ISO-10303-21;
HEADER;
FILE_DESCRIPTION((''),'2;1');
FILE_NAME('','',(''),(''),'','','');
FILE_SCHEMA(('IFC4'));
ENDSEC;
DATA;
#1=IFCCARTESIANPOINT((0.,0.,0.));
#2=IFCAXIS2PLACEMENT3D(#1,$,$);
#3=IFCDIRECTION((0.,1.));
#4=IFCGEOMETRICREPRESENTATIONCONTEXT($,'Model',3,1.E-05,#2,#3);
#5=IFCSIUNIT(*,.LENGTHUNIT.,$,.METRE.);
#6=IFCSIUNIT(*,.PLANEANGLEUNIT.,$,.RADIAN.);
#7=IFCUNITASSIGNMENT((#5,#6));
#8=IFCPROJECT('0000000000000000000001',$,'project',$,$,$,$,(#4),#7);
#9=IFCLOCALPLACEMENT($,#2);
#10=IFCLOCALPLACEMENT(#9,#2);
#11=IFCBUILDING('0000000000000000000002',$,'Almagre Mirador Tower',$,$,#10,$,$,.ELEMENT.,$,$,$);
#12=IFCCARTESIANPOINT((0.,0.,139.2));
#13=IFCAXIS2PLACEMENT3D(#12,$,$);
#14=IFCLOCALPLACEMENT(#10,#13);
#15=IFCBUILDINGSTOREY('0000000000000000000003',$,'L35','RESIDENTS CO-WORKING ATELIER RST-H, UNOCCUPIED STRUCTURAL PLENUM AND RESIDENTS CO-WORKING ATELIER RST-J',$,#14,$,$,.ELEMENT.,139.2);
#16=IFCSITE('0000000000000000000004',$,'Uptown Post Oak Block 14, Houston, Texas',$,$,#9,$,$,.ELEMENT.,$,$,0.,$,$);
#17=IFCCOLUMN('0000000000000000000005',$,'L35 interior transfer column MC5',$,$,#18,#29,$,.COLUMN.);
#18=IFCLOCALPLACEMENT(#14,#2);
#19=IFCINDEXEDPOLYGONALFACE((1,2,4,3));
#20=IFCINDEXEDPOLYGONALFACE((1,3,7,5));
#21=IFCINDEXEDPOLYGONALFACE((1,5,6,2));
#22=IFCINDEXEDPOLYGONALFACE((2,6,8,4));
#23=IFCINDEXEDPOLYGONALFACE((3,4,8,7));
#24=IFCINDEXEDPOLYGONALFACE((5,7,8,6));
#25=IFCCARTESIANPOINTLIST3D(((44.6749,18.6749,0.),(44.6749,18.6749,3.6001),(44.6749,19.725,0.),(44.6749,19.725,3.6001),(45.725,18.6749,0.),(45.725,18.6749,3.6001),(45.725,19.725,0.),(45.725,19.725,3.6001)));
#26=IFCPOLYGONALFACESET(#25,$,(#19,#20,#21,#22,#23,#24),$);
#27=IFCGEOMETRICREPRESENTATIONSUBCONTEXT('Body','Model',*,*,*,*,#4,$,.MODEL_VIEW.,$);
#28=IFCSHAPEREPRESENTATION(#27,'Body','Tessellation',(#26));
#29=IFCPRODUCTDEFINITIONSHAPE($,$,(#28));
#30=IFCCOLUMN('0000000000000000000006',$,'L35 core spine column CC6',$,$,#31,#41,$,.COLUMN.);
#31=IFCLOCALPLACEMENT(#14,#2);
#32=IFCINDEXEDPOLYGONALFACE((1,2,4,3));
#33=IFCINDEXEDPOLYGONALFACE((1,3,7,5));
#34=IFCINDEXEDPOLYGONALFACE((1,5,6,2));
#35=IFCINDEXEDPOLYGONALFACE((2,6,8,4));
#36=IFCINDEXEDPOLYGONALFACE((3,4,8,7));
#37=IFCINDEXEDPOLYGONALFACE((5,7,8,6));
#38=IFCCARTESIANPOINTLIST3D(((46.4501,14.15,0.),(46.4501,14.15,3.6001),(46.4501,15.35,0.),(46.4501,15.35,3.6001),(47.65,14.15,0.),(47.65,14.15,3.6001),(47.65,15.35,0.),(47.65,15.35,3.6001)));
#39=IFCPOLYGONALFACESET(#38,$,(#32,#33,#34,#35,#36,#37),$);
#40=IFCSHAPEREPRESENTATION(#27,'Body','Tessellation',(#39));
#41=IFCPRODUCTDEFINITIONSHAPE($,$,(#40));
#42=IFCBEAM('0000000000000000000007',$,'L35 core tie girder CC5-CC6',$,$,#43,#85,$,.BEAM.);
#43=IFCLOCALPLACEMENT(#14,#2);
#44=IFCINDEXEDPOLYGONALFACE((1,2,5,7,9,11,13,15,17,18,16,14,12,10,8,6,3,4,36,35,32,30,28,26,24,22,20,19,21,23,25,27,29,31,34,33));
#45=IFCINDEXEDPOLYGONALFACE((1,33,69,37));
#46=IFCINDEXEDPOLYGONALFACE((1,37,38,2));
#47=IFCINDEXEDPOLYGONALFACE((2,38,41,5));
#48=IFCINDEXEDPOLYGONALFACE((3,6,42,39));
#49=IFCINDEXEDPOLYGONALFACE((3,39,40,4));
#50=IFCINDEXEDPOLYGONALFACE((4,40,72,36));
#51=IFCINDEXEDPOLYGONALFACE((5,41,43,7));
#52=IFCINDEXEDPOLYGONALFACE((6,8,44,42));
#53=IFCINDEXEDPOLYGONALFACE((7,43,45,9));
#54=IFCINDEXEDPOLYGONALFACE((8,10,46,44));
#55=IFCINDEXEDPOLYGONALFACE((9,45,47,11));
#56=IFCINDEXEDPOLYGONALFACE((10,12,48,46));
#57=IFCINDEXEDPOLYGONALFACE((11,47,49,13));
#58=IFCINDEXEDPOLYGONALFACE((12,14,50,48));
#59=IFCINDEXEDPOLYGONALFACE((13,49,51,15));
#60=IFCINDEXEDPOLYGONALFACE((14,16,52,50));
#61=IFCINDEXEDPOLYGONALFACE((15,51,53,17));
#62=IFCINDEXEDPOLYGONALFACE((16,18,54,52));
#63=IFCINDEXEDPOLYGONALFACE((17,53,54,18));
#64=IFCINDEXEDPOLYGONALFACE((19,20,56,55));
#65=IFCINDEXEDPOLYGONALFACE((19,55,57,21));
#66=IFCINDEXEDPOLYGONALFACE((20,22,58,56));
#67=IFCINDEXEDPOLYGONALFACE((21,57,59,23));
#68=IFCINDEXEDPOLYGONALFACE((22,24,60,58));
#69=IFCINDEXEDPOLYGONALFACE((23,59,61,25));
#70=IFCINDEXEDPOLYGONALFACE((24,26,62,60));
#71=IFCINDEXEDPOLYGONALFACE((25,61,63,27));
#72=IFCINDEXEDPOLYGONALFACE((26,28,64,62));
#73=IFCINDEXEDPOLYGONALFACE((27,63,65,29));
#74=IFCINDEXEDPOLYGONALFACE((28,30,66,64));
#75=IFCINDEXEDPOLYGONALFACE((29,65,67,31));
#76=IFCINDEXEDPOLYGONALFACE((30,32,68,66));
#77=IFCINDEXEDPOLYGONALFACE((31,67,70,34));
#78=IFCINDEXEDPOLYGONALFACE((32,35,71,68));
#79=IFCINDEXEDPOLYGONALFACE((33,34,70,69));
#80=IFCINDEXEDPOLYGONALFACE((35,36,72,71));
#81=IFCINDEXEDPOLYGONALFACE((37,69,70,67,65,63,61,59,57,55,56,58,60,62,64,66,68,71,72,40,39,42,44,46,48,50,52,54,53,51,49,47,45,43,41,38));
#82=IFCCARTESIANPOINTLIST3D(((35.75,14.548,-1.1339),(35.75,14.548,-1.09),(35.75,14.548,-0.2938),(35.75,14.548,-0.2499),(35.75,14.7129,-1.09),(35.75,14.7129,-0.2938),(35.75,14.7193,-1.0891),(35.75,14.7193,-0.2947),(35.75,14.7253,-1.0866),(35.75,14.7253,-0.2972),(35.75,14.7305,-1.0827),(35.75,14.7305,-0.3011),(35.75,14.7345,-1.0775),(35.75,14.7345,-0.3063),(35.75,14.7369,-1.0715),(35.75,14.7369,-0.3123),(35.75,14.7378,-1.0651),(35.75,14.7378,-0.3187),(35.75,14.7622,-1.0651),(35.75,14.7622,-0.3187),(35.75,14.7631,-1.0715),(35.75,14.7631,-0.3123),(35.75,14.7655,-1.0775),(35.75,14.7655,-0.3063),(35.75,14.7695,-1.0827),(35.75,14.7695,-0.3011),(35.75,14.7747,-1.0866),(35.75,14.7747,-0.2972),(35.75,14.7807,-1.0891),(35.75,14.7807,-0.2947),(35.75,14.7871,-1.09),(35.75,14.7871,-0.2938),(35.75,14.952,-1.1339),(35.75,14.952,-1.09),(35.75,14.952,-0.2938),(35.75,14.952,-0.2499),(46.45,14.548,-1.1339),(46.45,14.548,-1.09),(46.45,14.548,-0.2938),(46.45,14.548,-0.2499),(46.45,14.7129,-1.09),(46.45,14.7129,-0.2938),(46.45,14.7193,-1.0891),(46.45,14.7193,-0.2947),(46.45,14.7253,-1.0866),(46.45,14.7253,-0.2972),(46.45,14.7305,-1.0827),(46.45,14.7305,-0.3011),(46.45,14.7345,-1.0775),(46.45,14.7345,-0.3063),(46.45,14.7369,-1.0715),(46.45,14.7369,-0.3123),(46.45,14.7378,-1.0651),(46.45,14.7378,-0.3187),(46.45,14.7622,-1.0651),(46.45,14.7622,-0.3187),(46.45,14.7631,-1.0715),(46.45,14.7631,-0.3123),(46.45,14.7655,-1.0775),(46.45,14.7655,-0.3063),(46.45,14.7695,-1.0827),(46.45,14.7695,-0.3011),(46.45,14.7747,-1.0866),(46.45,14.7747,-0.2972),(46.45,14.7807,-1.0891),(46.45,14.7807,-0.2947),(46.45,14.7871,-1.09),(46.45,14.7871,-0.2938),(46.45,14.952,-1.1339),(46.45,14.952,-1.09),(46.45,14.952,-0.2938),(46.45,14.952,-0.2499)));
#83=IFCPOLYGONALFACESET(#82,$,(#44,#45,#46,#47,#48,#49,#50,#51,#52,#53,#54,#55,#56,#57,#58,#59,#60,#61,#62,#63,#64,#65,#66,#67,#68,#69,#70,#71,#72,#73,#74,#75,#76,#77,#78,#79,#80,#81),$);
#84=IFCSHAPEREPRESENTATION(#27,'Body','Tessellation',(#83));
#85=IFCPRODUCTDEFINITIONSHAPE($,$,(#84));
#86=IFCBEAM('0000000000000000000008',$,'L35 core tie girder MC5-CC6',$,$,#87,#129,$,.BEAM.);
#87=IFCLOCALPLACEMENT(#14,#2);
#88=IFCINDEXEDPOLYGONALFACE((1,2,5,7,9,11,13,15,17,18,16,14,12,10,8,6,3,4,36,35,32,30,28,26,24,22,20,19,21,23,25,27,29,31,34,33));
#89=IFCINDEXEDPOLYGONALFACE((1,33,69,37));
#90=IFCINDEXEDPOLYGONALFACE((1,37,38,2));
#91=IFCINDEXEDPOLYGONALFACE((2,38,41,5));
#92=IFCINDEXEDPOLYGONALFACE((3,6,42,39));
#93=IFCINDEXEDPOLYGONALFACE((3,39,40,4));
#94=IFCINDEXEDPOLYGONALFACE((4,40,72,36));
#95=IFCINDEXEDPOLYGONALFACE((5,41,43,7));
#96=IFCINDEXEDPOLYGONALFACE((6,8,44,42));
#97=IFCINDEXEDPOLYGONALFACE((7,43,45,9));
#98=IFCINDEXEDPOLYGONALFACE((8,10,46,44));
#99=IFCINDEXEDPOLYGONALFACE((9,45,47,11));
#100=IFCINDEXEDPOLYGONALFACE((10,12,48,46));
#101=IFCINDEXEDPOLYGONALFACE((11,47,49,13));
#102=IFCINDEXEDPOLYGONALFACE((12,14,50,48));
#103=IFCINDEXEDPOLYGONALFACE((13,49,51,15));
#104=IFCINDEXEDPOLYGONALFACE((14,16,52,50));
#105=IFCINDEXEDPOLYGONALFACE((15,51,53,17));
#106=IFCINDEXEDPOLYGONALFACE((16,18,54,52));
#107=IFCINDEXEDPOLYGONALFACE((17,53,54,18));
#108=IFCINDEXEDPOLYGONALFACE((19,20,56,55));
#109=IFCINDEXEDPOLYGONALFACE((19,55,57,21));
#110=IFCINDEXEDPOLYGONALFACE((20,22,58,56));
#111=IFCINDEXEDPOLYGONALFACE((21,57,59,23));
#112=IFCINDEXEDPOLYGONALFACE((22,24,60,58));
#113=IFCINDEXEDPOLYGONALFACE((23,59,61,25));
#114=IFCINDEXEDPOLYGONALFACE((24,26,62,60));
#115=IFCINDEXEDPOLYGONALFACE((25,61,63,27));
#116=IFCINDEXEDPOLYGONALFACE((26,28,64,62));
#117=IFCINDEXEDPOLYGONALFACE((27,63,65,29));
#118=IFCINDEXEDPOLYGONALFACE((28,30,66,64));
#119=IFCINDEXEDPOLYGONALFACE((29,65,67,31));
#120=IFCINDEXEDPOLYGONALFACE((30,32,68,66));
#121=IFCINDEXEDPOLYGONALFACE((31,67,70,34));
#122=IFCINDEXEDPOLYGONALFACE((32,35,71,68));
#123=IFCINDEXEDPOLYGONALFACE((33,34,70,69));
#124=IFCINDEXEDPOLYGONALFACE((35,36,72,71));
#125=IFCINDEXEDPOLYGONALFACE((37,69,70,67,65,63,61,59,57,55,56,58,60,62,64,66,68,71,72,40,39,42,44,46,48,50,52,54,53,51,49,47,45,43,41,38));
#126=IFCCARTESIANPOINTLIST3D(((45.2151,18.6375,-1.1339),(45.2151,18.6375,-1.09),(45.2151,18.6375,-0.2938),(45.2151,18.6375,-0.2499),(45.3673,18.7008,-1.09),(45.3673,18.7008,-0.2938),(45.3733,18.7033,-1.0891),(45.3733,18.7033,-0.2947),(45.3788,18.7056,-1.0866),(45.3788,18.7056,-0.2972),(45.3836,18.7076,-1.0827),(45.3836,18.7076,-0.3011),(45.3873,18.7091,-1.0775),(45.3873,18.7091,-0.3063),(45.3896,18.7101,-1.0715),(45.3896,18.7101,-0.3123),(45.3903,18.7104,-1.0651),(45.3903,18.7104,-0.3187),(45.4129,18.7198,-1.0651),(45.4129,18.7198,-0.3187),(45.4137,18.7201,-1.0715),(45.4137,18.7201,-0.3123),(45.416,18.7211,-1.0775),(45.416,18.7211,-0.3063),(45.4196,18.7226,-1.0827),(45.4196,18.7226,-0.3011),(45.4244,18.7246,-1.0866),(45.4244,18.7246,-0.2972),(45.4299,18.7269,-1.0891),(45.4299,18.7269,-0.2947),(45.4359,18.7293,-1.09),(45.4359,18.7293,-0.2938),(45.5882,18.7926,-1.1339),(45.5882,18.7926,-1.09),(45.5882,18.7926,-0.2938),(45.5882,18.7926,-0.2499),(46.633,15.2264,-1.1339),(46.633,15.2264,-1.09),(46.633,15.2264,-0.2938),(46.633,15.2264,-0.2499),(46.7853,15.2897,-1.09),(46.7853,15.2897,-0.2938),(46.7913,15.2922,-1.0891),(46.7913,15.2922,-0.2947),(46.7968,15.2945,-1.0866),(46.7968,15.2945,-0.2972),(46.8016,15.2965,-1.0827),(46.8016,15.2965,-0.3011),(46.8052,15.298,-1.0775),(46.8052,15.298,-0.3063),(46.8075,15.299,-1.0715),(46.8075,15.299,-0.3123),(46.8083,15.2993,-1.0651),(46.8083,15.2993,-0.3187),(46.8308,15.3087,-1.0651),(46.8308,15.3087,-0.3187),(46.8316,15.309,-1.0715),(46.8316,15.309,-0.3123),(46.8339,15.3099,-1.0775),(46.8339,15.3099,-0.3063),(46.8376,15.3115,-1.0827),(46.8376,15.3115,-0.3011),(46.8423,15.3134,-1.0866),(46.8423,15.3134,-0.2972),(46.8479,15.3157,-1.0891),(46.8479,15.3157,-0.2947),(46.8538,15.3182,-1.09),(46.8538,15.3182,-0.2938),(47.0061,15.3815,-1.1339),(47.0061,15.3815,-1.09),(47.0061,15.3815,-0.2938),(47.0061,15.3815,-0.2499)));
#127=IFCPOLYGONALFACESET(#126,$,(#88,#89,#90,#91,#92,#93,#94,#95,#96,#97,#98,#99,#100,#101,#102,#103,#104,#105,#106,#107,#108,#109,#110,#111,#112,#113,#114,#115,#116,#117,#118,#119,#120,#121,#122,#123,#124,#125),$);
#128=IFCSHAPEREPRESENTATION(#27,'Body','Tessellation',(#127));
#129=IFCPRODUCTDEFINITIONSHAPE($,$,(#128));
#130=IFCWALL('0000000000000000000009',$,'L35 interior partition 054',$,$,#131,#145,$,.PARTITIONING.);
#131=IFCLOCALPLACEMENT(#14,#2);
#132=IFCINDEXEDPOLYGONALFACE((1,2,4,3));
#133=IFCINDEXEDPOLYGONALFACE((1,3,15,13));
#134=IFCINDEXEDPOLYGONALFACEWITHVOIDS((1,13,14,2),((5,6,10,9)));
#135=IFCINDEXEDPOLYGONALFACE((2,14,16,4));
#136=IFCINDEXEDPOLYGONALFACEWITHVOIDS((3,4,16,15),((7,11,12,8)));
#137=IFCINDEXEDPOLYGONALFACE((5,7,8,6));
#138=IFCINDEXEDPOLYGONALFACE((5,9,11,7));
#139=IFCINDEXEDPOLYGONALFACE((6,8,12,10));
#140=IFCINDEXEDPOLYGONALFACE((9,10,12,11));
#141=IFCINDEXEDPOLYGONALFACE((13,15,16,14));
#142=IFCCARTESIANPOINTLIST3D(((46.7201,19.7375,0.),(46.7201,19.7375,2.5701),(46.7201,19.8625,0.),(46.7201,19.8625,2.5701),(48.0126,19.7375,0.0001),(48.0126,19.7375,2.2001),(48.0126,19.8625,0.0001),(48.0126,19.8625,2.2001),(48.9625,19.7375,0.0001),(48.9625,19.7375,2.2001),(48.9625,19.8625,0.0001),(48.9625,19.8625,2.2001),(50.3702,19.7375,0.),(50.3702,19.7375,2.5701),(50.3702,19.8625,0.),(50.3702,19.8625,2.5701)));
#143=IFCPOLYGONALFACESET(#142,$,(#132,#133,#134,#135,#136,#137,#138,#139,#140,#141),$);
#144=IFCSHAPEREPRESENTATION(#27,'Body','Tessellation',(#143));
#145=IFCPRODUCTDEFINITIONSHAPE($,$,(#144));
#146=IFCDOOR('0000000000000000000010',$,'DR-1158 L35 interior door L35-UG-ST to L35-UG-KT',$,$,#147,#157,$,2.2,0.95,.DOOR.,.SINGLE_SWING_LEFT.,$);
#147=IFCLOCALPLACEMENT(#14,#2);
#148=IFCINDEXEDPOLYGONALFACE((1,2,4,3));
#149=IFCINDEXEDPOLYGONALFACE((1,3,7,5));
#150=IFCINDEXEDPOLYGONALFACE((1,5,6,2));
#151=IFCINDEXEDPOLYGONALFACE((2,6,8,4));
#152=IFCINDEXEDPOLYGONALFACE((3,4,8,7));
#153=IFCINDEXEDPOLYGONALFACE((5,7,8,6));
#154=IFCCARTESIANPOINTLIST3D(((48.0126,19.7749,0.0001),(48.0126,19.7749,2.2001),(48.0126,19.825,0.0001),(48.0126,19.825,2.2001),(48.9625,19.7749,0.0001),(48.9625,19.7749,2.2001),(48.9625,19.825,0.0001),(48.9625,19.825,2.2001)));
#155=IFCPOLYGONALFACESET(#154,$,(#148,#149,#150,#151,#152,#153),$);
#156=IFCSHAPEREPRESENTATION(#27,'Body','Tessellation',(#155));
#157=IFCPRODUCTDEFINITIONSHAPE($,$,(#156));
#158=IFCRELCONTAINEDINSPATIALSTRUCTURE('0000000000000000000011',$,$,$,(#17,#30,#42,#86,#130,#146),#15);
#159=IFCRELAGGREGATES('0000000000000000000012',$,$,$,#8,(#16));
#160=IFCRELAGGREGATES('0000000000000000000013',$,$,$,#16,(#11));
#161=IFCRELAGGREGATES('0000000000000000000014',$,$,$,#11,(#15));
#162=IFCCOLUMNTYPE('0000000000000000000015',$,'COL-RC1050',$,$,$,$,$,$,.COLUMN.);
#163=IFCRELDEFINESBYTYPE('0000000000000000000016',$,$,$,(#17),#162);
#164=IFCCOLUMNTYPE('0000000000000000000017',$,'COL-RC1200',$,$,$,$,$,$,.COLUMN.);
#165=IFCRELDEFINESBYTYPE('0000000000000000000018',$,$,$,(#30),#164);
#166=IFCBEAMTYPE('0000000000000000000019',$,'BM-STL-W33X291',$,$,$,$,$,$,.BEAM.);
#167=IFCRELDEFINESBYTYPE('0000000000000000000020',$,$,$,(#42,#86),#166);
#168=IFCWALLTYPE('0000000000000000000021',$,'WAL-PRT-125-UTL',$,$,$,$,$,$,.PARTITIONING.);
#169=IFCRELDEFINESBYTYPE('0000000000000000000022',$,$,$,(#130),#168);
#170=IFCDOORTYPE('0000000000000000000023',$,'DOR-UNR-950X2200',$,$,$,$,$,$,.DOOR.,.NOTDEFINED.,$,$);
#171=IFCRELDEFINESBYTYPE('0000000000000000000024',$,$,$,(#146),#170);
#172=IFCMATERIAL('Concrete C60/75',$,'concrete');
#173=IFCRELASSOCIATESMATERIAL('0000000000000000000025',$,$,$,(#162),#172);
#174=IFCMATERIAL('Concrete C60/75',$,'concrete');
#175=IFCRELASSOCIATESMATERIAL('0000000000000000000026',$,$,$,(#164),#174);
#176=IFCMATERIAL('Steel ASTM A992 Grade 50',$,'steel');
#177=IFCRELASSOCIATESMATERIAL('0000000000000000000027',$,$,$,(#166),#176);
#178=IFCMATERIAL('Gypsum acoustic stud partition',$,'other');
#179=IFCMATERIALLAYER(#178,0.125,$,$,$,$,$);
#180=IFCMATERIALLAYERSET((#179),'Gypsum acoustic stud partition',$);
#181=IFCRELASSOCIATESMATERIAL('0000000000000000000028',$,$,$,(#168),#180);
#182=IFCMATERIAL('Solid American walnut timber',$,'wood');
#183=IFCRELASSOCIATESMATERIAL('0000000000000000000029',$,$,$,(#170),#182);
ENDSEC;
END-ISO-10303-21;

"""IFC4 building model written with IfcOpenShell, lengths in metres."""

from ifc_helpers import new_model, si_unit, direction, frame, frame_2d, origin, origin_2d, place, context, subcontext, project, spatial, rectangle, i_section, extrude, material, layer, layer_set, material_profile, profile_set, type_object, element, fill, save


model = new_model("IFC4")

# Units and contexts
model_context = context("Model", 3, precision=1e-05, world=origin(), true_north=direction((0.0, 1.0)))
body_context = subcontext(model_context, "Body", "Model", "MODEL_VIEW")
ifc_project = project(units=[si_unit("LENGTHUNIT", "METRE"), si_unit("PLANEANGLEUNIT", "RADIAN")], contexts=[model_context])

# Site, building, storey
site_placement = place(None, origin())
site = spatial("IfcSite", under=ifc_project, at=site_placement, Name="Uptown Post Oak Block 14, Houston, Texas", CompositionType="ELEMENT", RefElevation=0.0)
building_placement = place(site_placement, origin())
building = spatial("IfcBuilding", under=site, at=building_placement, Name="Almagre Mirador Tower", CompositionType="ELEMENT")
storey_placement = place(building_placement, frame((0.0, 0.0, 139.2)))
storey = spatial("IfcBuildingStorey", under=building, at=storey_placement, Name="L35", Description="RESIDENTS CO-WORKING ATELIER RST-H, UNOCCUPIED STRUCTURAL PLENUM AND RESIDENTS CO-WORKING ATELIER RST-J", CompositionType="ELEMENT", Elevation=139.2)

# Columns
ifc_material_1 = material(Name="Concrete C60/75", Category="concrete")
ifc_material_profile_1 = material_profile(ifc_material_1, rectangle(XDim=1.05, YDim=1.05, at=origin_2d()), Name="RC1050X1050")
ifc_profile_set_1 = profile_set([ifc_material_profile_1], Name="Concrete C60/75")
column_type_1 = type_object("IfcColumnType", Name="COL-RC1050", PredefinedType="COLUMN", material=ifc_profile_set_1)
column_1_placement = place(storey_placement, frame((45.2, 19.2, 0.0), z_axis=(0.0, 0.0, 1.0), x_axis=(1.0, 0.0, 0.0)))
element("IfcColumn", 1, at=column_1_placement, inside=storey, type_object=column_type_1, Name="L35 interior transfer column MC5", PredefinedType="COLUMN", context=body_context, shape_type="SweptSolid", body=[
    extrude(rectangle(XDim=1.05, YDim=1.05, at=origin_2d()), origin(), (0.0, 0.0, 1.0), 3.6001),
])
ifc_material_2 = material(Name="Concrete C60/75", Category="concrete")
ifc_material_profile_2 = material_profile(ifc_material_2, rectangle(XDim=1.2, YDim=1.2, at=origin_2d()), Name="RC1200X1200")
ifc_profile_set_2 = profile_set([ifc_material_profile_2], Name="Concrete C60/75")
column_type_2 = type_object("IfcColumnType", Name="COL-RC1200", PredefinedType="COLUMN", material=ifc_profile_set_2)
column_2_placement = place(storey_placement, frame((47.05, 14.75, 0.0), z_axis=(0.0, 0.0, 1.0), x_axis=(1.0, 0.0, 0.0)))
element("IfcColumn", 2, at=column_2_placement, inside=storey, type_object=column_type_2, Name="L35 core spine column CC6", PredefinedType="COLUMN", context=body_context, shape_type="SweptSolid", body=[
    extrude(rectangle(XDim=1.2, YDim=1.2, at=origin_2d()), origin(), (0.0, 0.0, 1.0), 3.6001),
])

# Beams
ifc_material_3 = material(Name="Steel ASTM A992 Grade 50", Category="steel")
ifc_material_profile_3 = material_profile(ifc_material_3, i_section(OverallWidth=0.4041, OverallDepth=0.884, WebThickness=0.0244, FlangeThickness=0.0439, FilletRadius=0.0249, at=origin_2d()), Name="W33X291")
ifc_profile_set_3 = profile_set([ifc_material_profile_3], Name="Steel ASTM A992 Grade 50")
beam_type = type_object("IfcBeamType", Name="BM-STL-W33X291", PredefinedType="BEAM", material=ifc_profile_set_3)
beam_1_placement = place(storey_placement, frame((35.75, 14.75, -0.6919), z_axis=(1.0, 0.0, 0.0), x_axis=(0.0, 1.0, 0.0)))
element("IfcBeam", 3, at=beam_1_placement, inside=storey, type_object=beam_type, Name="L35 core tie girder CC5-CC6", PredefinedType="BEAM", context=body_context, shape_type="SweptSolid", body=[
    extrude(i_section(OverallWidth=0.4041, OverallDepth=0.884, WebThickness=0.0244, FlangeThickness=0.0439, FilletRadius=0.0249, at=origin_2d()), origin(), (0.0, 0.0, 1.0), 10.7),
])
beam_2_placement = place(storey_placement, frame((45.4016, 18.7151, -0.6919), z_axis=(0.383846, -0.923397, 0.0), x_axis=(0.923397, 0.383846, 0.0)))
element("IfcBeam", 4, at=beam_2_placement, inside=storey, type_object=beam_type, Name="L35 core tie girder MC5-CC6", PredefinedType="BEAM", context=body_context, shape_type="SweptSolid", body=[
    extrude(i_section(OverallWidth=0.4041, OverallDepth=0.884, WebThickness=0.0244, FlangeThickness=0.0439, FilletRadius=0.0249, at=origin_2d()), origin(), (0.0, 0.0, 1.0), 3.6941),
])

# Wall, opening, door
ifc_material_4 = material(Name="Gypsum acoustic stud partition", Category="other")
ifc_layer_1 = layer(ifc_material_4, 0.125)
ifc_layer_set_1 = layer_set([ifc_layer_1], Name="Gypsum acoustic stud partition")
wall_type_1 = type_object("IfcWallType", Name="WAL-PRT-125-UTL", PredefinedType="PARTITIONING", material=ifc_layer_set_1)
wall_1_placement = place(storey_placement, frame((46.72, 19.8, 0.0), z_axis=(0.0, 0.0, 1.0), x_axis=(1.0, 0.0, 0.0)))
wall_1 = element("IfcWall", 5, at=wall_1_placement, inside=storey, type_object=wall_type_1, Name="L35 interior partition 054", PredefinedType="PARTITIONING", context=body_context, shape_type="SweptSolid", body=[
    extrude(rectangle(XDim=3.6501, YDim=0.125, at=frame_2d((1.8252, 0.0))), origin(), (0.0, 0.0, 1.0), 2.5701),
])
opening_1_placement = place(wall_1_placement, frame((1.2925, 0.0, 0.0)))
opening_1 = element("IfcOpeningElement", 6, at=opening_1_placement, cuts=wall_1, PredefinedType="OPENING", context=body_context, shape_type="SweptSolid", body=[
    extrude(rectangle(XDim=0.95, YDim=2.2, at=frame_2d((0.4751, 1.1001))), frame((0.0, 0.0725, 0.0), z_axis=(0.0, -1.0, 0.0), x_axis=(1.0, 0.0, 0.0)), (0.0, 0.0, 1.0), 0.145),
])
ifc_material_5 = material(Name="Solid American walnut timber", Category="wood")
door_type_1 = type_object("IfcDoorType", Name="DOR-UNR-950X2200", OperationType="NOTDEFINED", PredefinedType="DOOR", material=ifc_material_5)
door_1_placement = place(opening_1_placement, origin())
door_1 = element("IfcDoor", 7, at=door_1_placement, inside=storey, type_object=door_type_1, Name="DR-1158 L35 interior door L35-UG-ST to L35-UG-KT", OperationType="SINGLE_SWING_LEFT", OverallHeight=2.2, OverallWidth=0.95, PredefinedType="DOOR", context=body_context, shape_type="SweptSolid", body=[
    extrude(rectangle(XDim=0.95, YDim=2.2, at=frame_2d((0.4751, 1.1001))), frame((0.0, 0.0249, 0.0), z_axis=(0.0, -1.0, 0.0), x_axis=(1.0, 0.0, 0.0)), (0.0, 0.0, 1.0), 0.05),
])
fill(opening_1, door_1)

save(model, "model.ifc")
